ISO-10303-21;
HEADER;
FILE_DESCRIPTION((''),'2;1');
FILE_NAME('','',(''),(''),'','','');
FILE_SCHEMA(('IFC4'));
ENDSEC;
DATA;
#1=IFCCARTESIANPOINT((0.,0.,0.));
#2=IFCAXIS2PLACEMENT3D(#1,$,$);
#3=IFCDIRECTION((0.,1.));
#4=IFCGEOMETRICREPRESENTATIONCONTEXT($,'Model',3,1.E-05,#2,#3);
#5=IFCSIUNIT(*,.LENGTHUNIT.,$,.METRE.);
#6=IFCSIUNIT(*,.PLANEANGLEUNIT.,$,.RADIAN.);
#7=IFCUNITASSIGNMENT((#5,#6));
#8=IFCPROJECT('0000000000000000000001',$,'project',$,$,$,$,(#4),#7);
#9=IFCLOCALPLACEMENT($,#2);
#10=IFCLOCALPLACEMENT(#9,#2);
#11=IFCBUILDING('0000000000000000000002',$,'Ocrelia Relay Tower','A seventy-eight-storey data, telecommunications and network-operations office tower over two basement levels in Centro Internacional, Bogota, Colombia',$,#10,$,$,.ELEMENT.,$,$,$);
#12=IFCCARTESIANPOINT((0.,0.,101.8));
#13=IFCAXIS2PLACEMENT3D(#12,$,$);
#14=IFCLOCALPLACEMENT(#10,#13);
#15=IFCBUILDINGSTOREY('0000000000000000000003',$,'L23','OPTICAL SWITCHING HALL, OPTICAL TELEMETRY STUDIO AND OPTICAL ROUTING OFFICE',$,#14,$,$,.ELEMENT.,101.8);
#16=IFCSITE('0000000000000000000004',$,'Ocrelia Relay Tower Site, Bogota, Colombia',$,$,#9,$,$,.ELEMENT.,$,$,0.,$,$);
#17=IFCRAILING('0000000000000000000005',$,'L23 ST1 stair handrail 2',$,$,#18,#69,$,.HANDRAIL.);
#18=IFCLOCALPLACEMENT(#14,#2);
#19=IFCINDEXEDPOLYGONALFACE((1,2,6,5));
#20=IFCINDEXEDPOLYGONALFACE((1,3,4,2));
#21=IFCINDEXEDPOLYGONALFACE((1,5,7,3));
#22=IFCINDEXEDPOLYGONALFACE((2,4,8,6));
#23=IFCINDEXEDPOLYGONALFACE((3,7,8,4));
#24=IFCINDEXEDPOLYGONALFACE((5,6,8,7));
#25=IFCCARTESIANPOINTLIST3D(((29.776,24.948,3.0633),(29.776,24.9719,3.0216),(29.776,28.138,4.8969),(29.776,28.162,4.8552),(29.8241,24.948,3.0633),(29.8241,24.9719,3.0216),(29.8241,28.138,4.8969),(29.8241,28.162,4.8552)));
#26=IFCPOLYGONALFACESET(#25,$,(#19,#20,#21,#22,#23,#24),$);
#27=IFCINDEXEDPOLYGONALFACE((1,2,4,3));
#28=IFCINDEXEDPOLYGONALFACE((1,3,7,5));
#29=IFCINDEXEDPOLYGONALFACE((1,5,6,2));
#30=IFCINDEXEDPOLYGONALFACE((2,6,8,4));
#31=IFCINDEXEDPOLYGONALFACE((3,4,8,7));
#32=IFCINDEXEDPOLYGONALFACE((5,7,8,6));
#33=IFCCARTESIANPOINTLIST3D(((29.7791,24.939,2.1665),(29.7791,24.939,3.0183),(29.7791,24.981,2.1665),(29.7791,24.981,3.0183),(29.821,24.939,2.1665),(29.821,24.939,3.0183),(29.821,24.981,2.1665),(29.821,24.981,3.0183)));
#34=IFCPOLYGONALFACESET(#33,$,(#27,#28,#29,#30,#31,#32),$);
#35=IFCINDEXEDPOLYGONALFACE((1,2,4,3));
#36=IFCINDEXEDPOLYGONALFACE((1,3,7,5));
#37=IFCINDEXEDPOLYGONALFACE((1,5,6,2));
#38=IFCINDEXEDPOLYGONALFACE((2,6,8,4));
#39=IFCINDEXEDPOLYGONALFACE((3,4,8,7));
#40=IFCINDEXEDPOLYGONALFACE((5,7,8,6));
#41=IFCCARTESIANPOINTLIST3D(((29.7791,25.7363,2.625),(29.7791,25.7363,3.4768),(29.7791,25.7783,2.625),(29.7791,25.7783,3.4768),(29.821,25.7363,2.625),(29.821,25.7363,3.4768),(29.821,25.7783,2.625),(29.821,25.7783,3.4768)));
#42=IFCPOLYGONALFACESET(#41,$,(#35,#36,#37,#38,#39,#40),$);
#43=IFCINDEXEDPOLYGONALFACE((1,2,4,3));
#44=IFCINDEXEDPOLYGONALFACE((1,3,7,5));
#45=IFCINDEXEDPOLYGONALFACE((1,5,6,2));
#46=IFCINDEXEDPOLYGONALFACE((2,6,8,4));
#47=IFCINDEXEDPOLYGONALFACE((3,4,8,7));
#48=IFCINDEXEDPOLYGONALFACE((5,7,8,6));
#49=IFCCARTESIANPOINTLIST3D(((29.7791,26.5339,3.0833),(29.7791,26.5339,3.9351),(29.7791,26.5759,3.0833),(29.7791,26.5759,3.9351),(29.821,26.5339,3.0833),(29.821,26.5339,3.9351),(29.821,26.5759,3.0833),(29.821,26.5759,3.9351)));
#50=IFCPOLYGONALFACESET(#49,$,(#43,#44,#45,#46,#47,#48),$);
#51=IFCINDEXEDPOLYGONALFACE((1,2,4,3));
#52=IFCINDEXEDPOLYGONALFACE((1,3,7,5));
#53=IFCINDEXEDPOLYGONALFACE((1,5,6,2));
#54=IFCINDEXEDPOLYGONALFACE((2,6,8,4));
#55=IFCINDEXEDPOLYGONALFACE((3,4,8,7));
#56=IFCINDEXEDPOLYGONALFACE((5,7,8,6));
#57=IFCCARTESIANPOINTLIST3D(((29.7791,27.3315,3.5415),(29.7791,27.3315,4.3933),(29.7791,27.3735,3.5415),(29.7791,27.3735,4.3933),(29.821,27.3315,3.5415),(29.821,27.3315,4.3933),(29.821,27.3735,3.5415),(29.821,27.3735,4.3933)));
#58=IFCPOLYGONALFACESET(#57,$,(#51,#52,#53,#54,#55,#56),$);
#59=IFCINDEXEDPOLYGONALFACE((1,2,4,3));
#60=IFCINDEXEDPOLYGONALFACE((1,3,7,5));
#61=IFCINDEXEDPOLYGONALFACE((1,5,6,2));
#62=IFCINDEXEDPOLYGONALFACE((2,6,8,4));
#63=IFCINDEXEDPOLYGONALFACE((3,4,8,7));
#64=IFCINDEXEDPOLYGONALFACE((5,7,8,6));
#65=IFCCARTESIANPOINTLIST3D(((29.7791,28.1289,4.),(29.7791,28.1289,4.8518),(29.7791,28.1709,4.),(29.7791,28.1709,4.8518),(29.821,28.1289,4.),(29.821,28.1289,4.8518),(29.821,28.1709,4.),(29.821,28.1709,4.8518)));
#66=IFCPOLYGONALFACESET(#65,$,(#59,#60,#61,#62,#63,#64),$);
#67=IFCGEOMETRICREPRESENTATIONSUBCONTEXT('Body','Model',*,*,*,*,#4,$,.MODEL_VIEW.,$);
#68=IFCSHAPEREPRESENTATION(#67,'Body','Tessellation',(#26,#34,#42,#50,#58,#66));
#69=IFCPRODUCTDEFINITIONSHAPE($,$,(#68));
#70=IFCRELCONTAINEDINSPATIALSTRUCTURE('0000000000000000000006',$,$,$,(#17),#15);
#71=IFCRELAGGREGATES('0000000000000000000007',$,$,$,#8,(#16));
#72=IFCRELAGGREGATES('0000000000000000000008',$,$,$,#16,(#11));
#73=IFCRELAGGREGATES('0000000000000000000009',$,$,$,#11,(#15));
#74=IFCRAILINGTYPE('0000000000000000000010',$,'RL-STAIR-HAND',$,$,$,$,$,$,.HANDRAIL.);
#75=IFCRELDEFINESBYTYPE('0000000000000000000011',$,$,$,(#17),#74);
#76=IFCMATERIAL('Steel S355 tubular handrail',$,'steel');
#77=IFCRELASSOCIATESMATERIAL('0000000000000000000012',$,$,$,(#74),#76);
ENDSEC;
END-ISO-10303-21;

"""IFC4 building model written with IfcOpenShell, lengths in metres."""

from ifc_helpers import new_model, si_unit, direction, frame, origin, origin_2d, place, context, subcontext, project, spatial, rectangle, extrude, material, type_object, element, save


model = new_model("IFC4")

# Units and contexts
model_context = context("Model", 3, precision=1e-05, world=origin(), true_north=direction((0.0, 1.0)))
body_context = subcontext(model_context, "Body", "Model", "MODEL_VIEW")
ifc_project = project(units=[si_unit("LENGTHUNIT", "METRE"), si_unit("PLANEANGLEUNIT", "RADIAN")], contexts=[model_context])

# Site, building, storey
site_placement = place(None, origin())
site = spatial("IfcSite", under=ifc_project, at=site_placement, Name="Ocrelia Relay Tower Site, Bogota, Colombia", CompositionType="ELEMENT", RefElevation=0.0)
building_placement = place(site_placement, origin())
building = spatial("IfcBuilding", under=site, at=building_placement, Name="Ocrelia Relay Tower", Description="A seventy-eight-storey data, telecommunications and network-operations office tower over two basement levels in Centro Internacional, Bogota, Colombia", CompositionType="ELEMENT")
storey_placement = place(building_placement, frame((0.0, 0.0, 101.8)))
storey = spatial("IfcBuildingStorey", under=building, at=storey_placement, Name="L23", Description="OPTICAL SWITCHING HALL, OPTICAL TELEMETRY STUDIO AND OPTICAL ROUTING OFFICE", CompositionType="ELEMENT", Elevation=101.8)

# Railing
ifc_material_1 = material(Name="Steel S355 tubular handrail", Category="steel")
railing_type_1 = type_object("IfcRailingType", Name="RL-STAIR-HAND", PredefinedType="HANDRAIL", material=ifc_material_1)
railing_1_placement = place(storey_placement, frame((29.8, 24.96, 2.1665)))
element("IfcRailing", 1, at=railing_1_placement, inside=storey, type_object=railing_type_1, Name="L23 ST1 stair handrail 2", PredefinedType="HANDRAIL", context=body_context, shape_type="SweptSolid", body=[
    extrude(rectangle(XDim=0.0481, YDim=0.0481, at=origin_2d()), frame((0.0, 0.0, 0.876), z_axis=(0.0, 0.866991, 0.498324), x_axis=(-1.0, 0.0, 0.0)), (0.0, 0.0, 1.0), 3.6794),
    extrude(rectangle(XDim=0.042, YDim=0.042, at=origin_2d()), origin(), (0.0, 0.0, 1.0), 0.8518),
    extrude(rectangle(XDim=0.042, YDim=0.042, at=origin_2d()), frame((0.0, 0.7974, 0.4585)), (0.0, 0.0, 1.0), 0.8518),
    extrude(rectangle(XDim=0.042, YDim=0.042, at=origin_2d()), frame((0.0, 1.595, 0.9167)), (0.0, 0.0, 1.0), 0.8518),
    extrude(rectangle(XDim=0.042, YDim=0.042, at=origin_2d()), frame((0.0, 2.3926, 1.375)), (0.0, 0.0, 1.0), 0.8518),
    extrude(rectangle(XDim=0.042, YDim=0.042, at=origin_2d()), frame((0.0, 3.1899, 1.8335)), (0.0, 0.0, 1.0), 0.8518),
])

save(model, "model.ifc")
